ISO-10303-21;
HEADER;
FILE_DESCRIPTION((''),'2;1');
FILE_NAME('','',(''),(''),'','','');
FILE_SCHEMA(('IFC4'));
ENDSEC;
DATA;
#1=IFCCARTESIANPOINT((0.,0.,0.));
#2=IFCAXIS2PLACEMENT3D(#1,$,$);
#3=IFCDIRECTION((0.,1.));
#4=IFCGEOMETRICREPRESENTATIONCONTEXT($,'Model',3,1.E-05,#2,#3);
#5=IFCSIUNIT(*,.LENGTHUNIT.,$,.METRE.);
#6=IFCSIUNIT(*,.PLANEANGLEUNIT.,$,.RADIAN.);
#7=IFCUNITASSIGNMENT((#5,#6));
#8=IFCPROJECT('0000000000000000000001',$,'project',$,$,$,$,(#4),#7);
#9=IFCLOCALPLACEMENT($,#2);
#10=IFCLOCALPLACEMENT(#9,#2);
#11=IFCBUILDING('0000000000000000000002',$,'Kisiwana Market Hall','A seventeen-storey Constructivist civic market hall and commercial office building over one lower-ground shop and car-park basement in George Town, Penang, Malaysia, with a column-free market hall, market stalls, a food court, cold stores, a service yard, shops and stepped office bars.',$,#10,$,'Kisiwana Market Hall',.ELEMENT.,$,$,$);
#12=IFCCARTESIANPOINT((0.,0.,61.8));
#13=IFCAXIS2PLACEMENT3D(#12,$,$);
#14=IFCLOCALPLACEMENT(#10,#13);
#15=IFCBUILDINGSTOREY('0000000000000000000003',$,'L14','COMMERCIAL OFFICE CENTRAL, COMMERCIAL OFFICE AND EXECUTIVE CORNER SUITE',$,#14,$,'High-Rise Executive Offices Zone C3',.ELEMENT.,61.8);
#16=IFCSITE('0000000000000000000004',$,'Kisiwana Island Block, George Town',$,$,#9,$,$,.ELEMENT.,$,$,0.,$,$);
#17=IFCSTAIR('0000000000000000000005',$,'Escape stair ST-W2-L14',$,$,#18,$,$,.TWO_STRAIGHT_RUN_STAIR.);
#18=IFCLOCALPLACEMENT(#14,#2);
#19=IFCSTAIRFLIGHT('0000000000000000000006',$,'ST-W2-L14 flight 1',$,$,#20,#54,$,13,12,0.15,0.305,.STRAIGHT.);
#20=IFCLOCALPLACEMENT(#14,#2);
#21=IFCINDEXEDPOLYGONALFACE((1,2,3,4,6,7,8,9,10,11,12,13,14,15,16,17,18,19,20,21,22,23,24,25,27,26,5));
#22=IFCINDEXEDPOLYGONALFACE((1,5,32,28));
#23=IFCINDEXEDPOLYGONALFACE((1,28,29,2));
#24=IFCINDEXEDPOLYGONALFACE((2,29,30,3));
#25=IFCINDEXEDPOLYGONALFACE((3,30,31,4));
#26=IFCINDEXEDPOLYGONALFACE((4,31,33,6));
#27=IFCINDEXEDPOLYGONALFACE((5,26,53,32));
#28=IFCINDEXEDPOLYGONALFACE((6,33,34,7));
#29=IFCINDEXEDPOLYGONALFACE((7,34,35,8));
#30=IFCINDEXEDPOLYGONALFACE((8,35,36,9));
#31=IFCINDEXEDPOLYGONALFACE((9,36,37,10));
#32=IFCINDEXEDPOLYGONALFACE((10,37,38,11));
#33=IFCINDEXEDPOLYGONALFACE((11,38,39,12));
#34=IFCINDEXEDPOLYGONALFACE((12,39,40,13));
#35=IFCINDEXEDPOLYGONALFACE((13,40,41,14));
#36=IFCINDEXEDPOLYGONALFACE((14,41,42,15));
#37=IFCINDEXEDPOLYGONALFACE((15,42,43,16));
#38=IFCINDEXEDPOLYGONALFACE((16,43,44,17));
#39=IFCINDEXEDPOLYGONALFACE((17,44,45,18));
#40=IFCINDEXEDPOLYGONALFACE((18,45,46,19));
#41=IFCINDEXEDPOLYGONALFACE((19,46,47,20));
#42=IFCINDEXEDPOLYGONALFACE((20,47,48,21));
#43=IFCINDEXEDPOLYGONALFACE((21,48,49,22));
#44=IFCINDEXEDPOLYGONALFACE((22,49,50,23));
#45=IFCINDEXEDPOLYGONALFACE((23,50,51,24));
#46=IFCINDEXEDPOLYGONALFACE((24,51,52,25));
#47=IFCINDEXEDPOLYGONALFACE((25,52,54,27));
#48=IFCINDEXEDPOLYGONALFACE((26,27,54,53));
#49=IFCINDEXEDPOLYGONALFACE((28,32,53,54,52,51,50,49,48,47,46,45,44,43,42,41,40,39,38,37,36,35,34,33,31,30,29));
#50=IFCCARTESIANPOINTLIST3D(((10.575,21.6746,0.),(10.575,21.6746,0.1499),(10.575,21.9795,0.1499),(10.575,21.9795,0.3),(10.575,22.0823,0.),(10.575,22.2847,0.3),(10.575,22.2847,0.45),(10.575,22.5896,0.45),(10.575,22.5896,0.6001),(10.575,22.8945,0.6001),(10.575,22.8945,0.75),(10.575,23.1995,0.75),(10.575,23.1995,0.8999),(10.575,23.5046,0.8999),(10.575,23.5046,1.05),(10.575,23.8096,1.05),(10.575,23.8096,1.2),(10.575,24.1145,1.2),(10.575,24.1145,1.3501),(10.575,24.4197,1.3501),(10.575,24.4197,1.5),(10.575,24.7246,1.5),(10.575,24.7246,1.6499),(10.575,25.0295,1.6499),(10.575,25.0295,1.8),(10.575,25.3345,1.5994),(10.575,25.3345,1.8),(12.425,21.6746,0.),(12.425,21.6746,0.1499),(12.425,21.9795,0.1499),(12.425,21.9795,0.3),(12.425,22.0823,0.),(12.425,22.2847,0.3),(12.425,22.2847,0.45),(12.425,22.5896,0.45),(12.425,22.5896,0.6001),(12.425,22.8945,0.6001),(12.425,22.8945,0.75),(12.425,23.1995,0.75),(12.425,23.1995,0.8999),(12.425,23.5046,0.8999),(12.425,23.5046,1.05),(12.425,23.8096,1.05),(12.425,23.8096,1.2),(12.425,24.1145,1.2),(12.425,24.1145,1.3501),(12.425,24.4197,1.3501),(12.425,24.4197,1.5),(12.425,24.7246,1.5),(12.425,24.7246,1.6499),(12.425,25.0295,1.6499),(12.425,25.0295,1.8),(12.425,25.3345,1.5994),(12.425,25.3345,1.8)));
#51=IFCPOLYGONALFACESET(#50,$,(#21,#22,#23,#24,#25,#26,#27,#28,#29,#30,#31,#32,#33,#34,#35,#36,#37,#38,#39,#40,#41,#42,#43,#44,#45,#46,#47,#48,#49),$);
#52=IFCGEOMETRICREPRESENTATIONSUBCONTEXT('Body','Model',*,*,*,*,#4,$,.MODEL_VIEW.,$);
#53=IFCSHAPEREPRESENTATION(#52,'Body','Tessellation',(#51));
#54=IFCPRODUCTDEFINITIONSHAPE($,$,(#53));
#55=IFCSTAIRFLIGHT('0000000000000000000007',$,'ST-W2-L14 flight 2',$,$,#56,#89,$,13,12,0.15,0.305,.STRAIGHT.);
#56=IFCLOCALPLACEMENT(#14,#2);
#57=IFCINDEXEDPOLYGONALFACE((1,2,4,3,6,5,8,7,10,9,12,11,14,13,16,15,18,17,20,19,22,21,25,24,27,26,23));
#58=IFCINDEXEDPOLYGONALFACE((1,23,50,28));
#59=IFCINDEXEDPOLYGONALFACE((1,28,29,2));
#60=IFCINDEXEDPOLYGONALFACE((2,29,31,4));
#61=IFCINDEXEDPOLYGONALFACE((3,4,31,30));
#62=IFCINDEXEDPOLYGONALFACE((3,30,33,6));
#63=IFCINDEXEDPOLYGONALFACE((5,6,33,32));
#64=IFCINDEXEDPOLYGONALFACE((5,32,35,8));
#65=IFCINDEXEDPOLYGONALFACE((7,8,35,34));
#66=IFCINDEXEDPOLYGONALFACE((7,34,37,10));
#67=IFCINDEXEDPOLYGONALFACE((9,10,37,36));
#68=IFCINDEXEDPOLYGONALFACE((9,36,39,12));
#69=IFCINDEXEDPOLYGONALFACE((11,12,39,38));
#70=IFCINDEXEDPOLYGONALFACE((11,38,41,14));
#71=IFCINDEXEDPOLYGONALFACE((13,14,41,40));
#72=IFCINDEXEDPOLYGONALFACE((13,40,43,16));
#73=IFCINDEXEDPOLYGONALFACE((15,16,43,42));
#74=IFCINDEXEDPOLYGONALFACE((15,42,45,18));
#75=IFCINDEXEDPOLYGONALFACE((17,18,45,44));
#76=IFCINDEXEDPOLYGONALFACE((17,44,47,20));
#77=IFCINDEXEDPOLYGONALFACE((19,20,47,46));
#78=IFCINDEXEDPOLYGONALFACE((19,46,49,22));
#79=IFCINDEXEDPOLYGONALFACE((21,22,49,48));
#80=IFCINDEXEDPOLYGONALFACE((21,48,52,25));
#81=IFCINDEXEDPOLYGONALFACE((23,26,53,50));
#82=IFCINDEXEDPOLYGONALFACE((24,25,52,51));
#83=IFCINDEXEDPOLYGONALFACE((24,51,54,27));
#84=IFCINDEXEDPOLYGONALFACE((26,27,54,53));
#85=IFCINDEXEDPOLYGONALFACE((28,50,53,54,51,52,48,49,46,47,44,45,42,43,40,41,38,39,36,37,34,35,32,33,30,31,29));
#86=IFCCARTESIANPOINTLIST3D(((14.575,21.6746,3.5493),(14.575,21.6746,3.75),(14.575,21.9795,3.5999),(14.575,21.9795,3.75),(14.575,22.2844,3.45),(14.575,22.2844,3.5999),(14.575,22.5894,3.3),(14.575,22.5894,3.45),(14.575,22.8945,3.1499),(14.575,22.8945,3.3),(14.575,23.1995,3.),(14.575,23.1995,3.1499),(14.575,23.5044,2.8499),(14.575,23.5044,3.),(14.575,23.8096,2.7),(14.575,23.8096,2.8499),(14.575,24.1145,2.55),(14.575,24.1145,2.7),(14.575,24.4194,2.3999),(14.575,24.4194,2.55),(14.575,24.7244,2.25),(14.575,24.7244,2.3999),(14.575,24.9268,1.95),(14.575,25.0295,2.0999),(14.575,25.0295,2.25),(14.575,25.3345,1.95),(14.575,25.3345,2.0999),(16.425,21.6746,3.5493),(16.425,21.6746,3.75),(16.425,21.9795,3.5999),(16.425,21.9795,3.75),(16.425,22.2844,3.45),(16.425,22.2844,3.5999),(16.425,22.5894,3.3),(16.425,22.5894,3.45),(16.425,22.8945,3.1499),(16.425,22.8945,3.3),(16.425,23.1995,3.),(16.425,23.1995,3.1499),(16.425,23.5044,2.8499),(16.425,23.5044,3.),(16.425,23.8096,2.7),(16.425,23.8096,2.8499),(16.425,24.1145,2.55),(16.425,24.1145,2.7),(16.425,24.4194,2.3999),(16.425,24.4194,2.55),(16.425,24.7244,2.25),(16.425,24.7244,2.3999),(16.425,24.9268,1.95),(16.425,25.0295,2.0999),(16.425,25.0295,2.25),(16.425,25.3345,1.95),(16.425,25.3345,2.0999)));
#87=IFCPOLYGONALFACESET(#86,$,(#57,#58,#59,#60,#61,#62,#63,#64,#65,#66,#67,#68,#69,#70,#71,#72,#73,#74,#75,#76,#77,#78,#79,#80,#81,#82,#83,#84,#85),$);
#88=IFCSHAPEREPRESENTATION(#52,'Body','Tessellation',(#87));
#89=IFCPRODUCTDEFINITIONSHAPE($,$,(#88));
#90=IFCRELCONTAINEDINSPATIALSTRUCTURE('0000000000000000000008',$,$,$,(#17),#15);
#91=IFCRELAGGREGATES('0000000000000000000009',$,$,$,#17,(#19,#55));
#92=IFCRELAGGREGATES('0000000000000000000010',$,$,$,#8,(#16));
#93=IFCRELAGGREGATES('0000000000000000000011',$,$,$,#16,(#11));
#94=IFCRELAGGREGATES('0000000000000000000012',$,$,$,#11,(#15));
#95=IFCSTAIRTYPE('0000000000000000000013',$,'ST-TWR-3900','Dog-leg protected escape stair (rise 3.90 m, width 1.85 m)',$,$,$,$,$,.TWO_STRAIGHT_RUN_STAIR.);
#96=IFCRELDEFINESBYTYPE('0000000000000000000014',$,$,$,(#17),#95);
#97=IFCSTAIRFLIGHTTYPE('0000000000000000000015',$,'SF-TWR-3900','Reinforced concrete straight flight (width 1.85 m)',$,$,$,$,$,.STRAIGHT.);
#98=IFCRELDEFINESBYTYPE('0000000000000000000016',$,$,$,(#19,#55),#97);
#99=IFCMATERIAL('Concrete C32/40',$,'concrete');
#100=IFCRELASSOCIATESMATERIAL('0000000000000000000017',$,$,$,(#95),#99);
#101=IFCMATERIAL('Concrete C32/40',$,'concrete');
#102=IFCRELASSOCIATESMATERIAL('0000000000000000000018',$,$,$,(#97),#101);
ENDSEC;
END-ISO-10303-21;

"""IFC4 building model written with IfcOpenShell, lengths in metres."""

from ifc_helpers import new_model, si_unit, direction, frame, origin, place, context, subcontext, project, spatial, polyline, outline, extrude, material, type_object, element, aggregate, save


model = new_model("IFC4")

# Units and contexts
model_context = context("Model", 3, precision=1e-05, world=origin(), true_north=direction((0.0, 1.0)))
body_context = subcontext(model_context, "Body", "Model", "MODEL_VIEW")
ifc_project = project(units=[si_unit("LENGTHUNIT", "METRE"), si_unit("PLANEANGLEUNIT", "RADIAN")], contexts=[model_context])

# Site, building, storey
site_placement = place(None, origin())
site = spatial("IfcSite", under=ifc_project, at=site_placement, Name="Kisiwana Island Block, George Town", CompositionType="ELEMENT", RefElevation=0.0)
building_placement = place(site_placement, origin())
building = spatial("IfcBuilding", under=site, at=building_placement, Name="Kisiwana Market Hall", Description="A seventeen-storey Constructivist civic market hall and commercial office building over one lower-ground shop and car-park basement in George Town, Penang, Malaysia, with a column-free market hall, market stalls, a food court, cold stores, a service yard, shops and stepped office bars.", LongName="Kisiwana Market Hall", CompositionType="ELEMENT")
storey_placement = place(building_placement, frame((0.0, 0.0, 61.8)))
storey = spatial("IfcBuildingStorey", under=building, at=storey_placement, Name="L14", Description="COMMERCIAL OFFICE CENTRAL, COMMERCIAL OFFICE AND EXECUTIVE CORNER SUITE", LongName="High-Rise Executive Offices Zone C3", CompositionType="ELEMENT", Elevation=61.8)

# Stair, stair flights
ifc_material_1 = material(Name="Concrete C32/40", Category="concrete")
stair_type = type_object("IfcStairType", Name="ST-TWR-3900", Description="Dog-leg protected escape stair (rise 3.90 m, width 1.85 m)", PredefinedType="TWO_STRAIGHT_RUN_STAIR", material=ifc_material_1)
stair_placement = place(storey_placement, origin())
stair = element("IfcStair", 1, at=stair_placement, inside=storey, type_object=stair_type, Name="Escape stair ST-W2-L14", PredefinedType="TWO_STRAIGHT_RUN_STAIR")
ifc_material_2 = material(Name="Concrete C32/40", Category="concrete")
stair_flight_type = type_object("IfcStairFlightType", Name="SF-TWR-3900", Description="Reinforced concrete straight flight (width 1.85 m)", PredefinedType="STRAIGHT", material=ifc_material_2)
stair_flight_1_placement = place(storey_placement, frame((11.5, 21.6746, 0.0), z_axis=(0.0, 0.0, 1.0), x_axis=(0.0, 1.0, 0.0)))
stair_flight_1 = element("IfcStairFlight", 2, at=stair_flight_1_placement, type_object=stair_flight_type, Name="ST-W2-L14 flight 1", NumberOfRisers=13, NumberOfTreads=12, PredefinedType="STRAIGHT", RiserHeight=0.15, TreadLength=0.305, context=body_context, shape_type="SweptSolid", body=[
    extrude(outline(polyline([(0.0, 0.0), (0.0, 0.1499), (0.3049, 0.1499), (0.3049, 0.3), (0.6101, 0.3), (0.6101, 0.45), (0.915, 0.45), (0.915, 0.6001), (1.22, 0.6001), (1.22, 0.75), (1.5249, 0.75), (1.5249, 0.8999), (1.8301, 0.8999), (1.8301, 1.05), (2.135, 1.05), (2.135, 1.2), (2.4399, 1.2), (2.4399, 1.3501), (2.7451, 1.3501), (2.7451, 1.5), (3.05, 1.5), (3.05, 1.6499), (3.355, 1.6499), (3.355, 1.8), (3.6599, 1.8), (3.6599, 1.95), (3.6599, 1.5994), (0.4077, 0.0), (0.0, 0.0)])), frame((0.0, 0.925, 0.0), z_axis=(0.0, -1.0, 0.0), x_axis=(1.0, 0.0, 0.0)), (0.0, 0.0, 1.0), 1.8501),
])
stair_flight_2_placement = place(storey_placement, frame((15.5, 25.3345, 1.95), z_axis=(0.0, 0.0, 1.0), x_axis=(0.0, -1.0, 0.0)))
stair_flight_2 = element("IfcStairFlight", 3, at=stair_flight_2_placement, type_object=stair_flight_type, Name="ST-W2-L14 flight 2", NumberOfRisers=13, NumberOfTreads=12, PredefinedType="STRAIGHT", RiserHeight=0.15, TreadLength=0.305, context=body_context, shape_type="SweptSolid", body=[
    extrude(outline(polyline([(0.0, 0.0), (0.0, 0.1499), (0.3049, 0.1499), (0.3049, 0.3), (0.6101, 0.3), (0.6101, 0.45), (0.915, 0.45), (0.915, 0.6001), (1.22, 0.6001), (1.22, 0.75), (1.5249, 0.75), (1.5249, 0.8999), (1.8301, 0.8999), (1.8301, 1.05), (2.135, 1.05), (2.135, 1.2), (2.4399, 1.2), (2.4399, 1.3501), (2.7451, 1.3501), (2.7451, 1.5), (3.05, 1.5), (3.05, 1.6499), (3.355, 1.6499), (3.355, 1.8), (3.6599, 1.8), (3.6599, 1.95), (3.6599, 1.5994), (0.4077, 0.0), (0.0, 0.0)])), frame((0.0, 0.925, 0.0), z_axis=(0.0, -1.0, 0.0), x_axis=(1.0, 0.0, 0.0)), (0.0, 0.0, 1.0), 1.8501),
])
aggregate(stair, [stair_flight_1, stair_flight_2])

save(model, "model.ifc")
